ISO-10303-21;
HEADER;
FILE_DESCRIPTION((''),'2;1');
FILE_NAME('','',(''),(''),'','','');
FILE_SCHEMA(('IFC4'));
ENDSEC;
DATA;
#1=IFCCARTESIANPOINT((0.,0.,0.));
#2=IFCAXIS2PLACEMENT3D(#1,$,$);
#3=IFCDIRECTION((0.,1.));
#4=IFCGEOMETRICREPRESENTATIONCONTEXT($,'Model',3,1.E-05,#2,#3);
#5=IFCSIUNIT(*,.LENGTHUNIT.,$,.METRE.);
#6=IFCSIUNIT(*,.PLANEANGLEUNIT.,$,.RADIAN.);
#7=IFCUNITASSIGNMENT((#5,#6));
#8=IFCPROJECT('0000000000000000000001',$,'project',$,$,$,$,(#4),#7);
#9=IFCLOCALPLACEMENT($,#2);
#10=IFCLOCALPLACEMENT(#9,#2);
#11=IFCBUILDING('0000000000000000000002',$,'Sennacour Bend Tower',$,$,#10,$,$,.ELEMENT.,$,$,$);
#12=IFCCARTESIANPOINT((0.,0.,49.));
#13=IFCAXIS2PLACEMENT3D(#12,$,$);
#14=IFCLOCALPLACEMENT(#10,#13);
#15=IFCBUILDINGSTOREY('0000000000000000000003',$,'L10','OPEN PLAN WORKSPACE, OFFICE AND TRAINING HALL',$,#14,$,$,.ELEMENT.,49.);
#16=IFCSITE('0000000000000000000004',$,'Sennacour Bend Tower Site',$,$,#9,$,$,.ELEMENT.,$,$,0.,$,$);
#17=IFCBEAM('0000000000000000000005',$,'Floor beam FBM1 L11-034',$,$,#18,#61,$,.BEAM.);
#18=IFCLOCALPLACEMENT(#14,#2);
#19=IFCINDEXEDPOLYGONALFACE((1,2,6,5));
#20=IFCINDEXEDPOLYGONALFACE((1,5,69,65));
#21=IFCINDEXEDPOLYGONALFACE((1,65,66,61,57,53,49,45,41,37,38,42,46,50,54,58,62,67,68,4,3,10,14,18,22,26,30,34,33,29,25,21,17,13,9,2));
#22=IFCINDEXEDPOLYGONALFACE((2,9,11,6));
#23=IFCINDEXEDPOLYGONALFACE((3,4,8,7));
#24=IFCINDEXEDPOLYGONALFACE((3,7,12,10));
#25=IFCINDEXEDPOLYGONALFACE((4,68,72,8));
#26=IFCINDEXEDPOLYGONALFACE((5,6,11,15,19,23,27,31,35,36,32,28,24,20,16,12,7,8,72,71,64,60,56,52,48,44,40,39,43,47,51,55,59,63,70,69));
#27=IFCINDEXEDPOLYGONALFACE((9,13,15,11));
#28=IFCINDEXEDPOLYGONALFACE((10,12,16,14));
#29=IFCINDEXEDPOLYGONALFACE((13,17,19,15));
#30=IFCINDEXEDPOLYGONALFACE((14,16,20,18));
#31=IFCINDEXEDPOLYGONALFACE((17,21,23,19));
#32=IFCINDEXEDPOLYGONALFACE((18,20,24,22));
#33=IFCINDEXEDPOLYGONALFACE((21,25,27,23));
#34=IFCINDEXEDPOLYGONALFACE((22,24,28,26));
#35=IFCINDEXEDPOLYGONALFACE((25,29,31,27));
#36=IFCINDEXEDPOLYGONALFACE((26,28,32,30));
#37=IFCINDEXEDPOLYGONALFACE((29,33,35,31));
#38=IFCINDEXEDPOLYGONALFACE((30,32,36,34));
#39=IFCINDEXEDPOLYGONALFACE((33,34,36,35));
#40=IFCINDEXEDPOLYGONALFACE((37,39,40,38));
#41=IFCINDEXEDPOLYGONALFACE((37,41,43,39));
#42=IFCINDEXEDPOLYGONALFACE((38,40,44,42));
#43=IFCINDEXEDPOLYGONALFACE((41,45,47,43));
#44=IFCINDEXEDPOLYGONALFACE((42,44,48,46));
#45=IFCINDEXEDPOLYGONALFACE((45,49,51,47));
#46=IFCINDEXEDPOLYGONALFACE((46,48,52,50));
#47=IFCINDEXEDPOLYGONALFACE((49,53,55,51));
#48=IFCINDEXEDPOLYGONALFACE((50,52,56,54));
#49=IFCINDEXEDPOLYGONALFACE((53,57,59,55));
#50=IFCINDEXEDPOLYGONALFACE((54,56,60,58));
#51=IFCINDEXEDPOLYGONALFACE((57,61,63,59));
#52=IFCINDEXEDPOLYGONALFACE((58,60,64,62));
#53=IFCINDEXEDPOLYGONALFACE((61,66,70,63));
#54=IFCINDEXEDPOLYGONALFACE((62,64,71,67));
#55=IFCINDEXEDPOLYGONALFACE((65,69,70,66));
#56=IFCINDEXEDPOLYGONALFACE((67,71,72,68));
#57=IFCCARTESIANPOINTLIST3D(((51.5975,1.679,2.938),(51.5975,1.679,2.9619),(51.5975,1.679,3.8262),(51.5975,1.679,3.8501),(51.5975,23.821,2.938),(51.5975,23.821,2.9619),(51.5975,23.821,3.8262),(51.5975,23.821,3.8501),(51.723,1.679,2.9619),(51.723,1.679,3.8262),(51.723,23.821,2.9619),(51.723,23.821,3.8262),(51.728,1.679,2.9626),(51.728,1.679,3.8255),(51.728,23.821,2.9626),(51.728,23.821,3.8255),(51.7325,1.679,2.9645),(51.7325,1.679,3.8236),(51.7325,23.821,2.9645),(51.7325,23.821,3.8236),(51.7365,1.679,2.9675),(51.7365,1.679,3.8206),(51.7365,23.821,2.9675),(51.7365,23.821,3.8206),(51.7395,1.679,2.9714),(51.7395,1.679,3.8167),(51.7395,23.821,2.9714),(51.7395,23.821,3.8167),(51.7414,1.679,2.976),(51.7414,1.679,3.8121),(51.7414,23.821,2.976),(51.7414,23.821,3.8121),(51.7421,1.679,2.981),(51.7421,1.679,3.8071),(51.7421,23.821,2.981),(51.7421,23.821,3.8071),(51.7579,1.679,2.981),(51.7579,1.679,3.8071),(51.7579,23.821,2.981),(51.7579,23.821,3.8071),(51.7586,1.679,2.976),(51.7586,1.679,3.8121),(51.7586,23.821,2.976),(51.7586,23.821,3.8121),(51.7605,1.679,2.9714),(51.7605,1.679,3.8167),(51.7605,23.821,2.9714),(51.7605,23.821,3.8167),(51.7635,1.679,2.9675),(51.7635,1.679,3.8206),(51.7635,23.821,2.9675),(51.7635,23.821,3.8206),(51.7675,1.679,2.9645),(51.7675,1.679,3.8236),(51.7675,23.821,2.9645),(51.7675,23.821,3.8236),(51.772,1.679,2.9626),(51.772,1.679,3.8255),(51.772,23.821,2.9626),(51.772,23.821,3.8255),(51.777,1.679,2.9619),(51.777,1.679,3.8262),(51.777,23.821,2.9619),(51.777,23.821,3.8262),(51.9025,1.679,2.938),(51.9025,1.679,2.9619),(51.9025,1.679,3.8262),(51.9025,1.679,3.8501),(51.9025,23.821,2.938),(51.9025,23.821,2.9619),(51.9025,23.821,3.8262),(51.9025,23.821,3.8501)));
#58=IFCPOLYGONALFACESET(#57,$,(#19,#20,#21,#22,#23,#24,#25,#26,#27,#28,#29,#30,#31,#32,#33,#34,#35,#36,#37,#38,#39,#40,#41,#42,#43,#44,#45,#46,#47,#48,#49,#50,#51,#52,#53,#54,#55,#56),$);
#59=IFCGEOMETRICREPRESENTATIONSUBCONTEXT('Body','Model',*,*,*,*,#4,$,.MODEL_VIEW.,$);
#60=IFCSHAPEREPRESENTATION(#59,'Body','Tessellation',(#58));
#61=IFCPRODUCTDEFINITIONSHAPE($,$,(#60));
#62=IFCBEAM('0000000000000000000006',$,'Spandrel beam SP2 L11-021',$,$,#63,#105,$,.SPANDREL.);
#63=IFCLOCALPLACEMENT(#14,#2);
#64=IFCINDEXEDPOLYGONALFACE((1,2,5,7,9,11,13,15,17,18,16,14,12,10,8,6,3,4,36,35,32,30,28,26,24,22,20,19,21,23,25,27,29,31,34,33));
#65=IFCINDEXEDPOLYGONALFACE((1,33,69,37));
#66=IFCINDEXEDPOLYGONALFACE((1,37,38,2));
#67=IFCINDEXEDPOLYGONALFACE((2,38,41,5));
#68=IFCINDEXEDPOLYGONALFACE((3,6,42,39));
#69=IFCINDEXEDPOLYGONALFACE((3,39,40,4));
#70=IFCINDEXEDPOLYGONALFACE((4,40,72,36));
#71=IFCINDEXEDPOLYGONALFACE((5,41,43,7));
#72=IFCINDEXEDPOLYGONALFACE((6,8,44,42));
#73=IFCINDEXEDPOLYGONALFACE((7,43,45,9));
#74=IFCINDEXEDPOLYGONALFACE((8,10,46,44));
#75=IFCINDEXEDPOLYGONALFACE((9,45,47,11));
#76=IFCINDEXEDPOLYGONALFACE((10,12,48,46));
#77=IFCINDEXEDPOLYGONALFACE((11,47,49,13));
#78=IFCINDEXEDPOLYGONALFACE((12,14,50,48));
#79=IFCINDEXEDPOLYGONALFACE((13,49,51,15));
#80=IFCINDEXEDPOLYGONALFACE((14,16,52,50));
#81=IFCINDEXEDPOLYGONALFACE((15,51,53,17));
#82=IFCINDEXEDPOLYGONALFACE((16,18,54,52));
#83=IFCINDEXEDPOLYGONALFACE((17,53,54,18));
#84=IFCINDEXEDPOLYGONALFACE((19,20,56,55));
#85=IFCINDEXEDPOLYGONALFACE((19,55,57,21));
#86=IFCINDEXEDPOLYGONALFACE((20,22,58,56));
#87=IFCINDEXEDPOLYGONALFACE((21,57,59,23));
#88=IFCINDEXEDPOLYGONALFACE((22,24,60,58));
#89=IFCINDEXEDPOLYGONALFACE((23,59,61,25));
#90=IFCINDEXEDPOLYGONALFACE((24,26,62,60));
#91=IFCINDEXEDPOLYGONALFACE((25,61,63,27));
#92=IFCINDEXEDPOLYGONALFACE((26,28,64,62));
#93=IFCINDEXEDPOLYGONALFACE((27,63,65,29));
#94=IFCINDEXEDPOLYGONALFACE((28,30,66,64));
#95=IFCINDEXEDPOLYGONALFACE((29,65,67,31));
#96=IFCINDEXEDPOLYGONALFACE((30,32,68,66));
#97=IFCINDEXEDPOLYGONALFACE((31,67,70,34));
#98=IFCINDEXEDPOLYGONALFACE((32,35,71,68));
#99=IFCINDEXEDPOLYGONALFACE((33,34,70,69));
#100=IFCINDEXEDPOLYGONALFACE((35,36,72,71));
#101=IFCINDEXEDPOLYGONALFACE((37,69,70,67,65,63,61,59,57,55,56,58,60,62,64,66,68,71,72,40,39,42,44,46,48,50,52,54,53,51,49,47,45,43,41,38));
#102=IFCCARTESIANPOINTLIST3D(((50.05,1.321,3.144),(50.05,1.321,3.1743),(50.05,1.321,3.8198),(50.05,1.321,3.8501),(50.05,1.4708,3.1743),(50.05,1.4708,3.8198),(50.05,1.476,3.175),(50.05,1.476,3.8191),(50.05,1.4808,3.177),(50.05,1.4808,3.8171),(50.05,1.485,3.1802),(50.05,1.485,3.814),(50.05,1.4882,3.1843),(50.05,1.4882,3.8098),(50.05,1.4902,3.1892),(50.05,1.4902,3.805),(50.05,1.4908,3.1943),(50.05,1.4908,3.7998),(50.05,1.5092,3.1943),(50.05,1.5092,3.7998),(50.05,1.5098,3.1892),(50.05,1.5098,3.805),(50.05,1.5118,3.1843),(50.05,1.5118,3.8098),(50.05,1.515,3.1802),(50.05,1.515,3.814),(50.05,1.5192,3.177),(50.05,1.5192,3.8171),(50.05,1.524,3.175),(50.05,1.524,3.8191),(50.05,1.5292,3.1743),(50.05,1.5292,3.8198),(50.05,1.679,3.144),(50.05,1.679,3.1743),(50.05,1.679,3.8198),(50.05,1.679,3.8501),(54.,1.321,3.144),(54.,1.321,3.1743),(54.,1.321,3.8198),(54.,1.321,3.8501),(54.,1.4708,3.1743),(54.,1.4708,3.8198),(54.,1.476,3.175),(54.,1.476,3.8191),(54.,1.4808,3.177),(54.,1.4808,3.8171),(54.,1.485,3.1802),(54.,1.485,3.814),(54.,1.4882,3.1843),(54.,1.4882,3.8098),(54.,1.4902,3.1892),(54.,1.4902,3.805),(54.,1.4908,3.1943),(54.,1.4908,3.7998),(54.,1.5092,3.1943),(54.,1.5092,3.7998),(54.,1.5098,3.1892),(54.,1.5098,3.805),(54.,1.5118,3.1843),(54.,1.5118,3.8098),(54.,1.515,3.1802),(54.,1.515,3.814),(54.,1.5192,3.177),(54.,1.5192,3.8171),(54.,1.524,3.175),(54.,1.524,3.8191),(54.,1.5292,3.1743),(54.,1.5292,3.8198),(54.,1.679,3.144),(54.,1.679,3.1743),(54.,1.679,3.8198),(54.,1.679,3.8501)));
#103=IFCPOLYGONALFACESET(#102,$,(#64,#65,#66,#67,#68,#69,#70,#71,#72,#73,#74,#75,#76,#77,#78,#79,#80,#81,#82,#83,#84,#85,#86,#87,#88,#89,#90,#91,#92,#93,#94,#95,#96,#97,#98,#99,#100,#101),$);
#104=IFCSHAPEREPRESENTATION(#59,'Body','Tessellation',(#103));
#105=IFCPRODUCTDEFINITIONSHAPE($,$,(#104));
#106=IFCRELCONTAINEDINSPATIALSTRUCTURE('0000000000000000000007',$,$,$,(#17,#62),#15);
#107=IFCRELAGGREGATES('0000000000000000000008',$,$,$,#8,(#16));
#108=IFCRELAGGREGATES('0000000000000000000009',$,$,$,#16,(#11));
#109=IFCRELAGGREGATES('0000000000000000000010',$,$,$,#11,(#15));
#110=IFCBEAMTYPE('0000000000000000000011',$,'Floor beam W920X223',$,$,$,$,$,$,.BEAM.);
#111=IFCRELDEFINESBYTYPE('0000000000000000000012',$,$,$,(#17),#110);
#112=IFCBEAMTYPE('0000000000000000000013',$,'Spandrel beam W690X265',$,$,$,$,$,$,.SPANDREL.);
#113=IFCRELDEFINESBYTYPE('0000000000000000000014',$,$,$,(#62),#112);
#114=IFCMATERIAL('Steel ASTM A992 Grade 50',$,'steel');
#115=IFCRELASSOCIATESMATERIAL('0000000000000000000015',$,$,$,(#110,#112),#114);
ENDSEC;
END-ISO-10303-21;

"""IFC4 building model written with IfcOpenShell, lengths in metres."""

from ifc_helpers import new_model, si_unit, direction, frame, origin, origin_2d, place, context, subcontext, project, spatial, i_section, extrude, material, material_profile, profile_set, type_object, element, save


model = new_model("IFC4")

# Units and contexts
model_context = context("Model", 3, precision=1e-05, world=origin(), true_north=direction((0.0, 1.0)))
body_context = subcontext(model_context, "Body", "Model", "MODEL_VIEW")
ifc_project = project(units=[si_unit("LENGTHUNIT", "METRE"), si_unit("PLANEANGLEUNIT", "RADIAN")], contexts=[model_context])

# Site, building, storey
site_placement = place(None, origin())
site = spatial("IfcSite", under=ifc_project, at=site_placement, Name="Sennacour Bend Tower Site", CompositionType="ELEMENT", RefElevation=0.0)
building_placement = place(site_placement, origin())
building = spatial("IfcBuilding", under=site, at=building_placement, Name="Sennacour Bend Tower", CompositionType="ELEMENT")
storey_placement = place(building_placement, frame((0.0, 0.0, 49.0)))
storey = spatial("IfcBuildingStorey", under=building, at=storey_placement, Name="L10", Description="OPEN PLAN WORKSPACE, OFFICE AND TRAINING HALL", CompositionType="ELEMENT", Elevation=49.0)

# Beams
ifc_material_1 = material(Name="Steel ASTM A992 Grade 50", Category="steel")
ifc_material_profile_1 = material_profile(ifc_material_1, i_section(OverallWidth=0.3049, OverallDepth=0.9121, WebThickness=0.0159, FlangeThickness=0.0239, FilletRadius=0.019, at=origin_2d()), Name="Steel ASTM A992 Grade 50", Category="steel")
ifc_profile_set_1 = profile_set([ifc_material_profile_1], Name="Steel ASTM A992 Grade 50")
beam_type_1 = type_object("IfcBeamType", Name="Floor beam W920X223", PredefinedType="BEAM", material=ifc_profile_set_1)
beam_1_placement = place(storey_placement, frame((51.75, 1.679, 3.394), z_axis=(0.0, 1.0, 0.0), x_axis=(-1.0, 0.0, 0.0)))
element("IfcBeam", 1, at=beam_1_placement, inside=storey, type_object=beam_type_1, Name="Floor beam FBM1 L11-034", PredefinedType="BEAM", context=body_context, shape_type="SweptSolid", body=[
    extrude(i_section(OverallWidth=0.3049, OverallDepth=0.9121, WebThickness=0.0159, FlangeThickness=0.0239, FilletRadius=0.019, at=origin_2d()), origin(), (0.0, 0.0, 1.0), 22.1421),
])
ifc_material_profile_2 = material_profile(ifc_material_1, i_section(OverallWidth=0.3579, OverallDepth=0.7061, WebThickness=0.0183, FlangeThickness=0.0303, FilletRadius=0.02, at=origin_2d()), Name="Steel ASTM A992 Grade 50", Category="steel")
ifc_profile_set_2 = profile_set([ifc_material_profile_2], Name="Steel ASTM A992 Grade 50")
beam_type_2 = type_object("IfcBeamType", Name="Spandrel beam W690X265", PredefinedType="SPANDREL", material=ifc_profile_set_2)
beam_2_placement = place(storey_placement, frame((54.0, 1.5, 3.4971), z_axis=(-1.0, 0.0, 0.0), x_axis=(0.0, -1.0, 0.0)))
element("IfcBeam", 2, at=beam_2_placement, inside=storey, type_object=beam_type_2, Name="Spandrel beam SP2 L11-021", PredefinedType="SPANDREL", context=body_context, shape_type="SweptSolid", body=[
    extrude(i_section(OverallWidth=0.3579, OverallDepth=0.7061, WebThickness=0.0183, FlangeThickness=0.0303, FilletRadius=0.02, at=origin_2d()), origin(), (0.0, 0.0, 1.0), 3.95),
])

save(model, "model.ifc")
